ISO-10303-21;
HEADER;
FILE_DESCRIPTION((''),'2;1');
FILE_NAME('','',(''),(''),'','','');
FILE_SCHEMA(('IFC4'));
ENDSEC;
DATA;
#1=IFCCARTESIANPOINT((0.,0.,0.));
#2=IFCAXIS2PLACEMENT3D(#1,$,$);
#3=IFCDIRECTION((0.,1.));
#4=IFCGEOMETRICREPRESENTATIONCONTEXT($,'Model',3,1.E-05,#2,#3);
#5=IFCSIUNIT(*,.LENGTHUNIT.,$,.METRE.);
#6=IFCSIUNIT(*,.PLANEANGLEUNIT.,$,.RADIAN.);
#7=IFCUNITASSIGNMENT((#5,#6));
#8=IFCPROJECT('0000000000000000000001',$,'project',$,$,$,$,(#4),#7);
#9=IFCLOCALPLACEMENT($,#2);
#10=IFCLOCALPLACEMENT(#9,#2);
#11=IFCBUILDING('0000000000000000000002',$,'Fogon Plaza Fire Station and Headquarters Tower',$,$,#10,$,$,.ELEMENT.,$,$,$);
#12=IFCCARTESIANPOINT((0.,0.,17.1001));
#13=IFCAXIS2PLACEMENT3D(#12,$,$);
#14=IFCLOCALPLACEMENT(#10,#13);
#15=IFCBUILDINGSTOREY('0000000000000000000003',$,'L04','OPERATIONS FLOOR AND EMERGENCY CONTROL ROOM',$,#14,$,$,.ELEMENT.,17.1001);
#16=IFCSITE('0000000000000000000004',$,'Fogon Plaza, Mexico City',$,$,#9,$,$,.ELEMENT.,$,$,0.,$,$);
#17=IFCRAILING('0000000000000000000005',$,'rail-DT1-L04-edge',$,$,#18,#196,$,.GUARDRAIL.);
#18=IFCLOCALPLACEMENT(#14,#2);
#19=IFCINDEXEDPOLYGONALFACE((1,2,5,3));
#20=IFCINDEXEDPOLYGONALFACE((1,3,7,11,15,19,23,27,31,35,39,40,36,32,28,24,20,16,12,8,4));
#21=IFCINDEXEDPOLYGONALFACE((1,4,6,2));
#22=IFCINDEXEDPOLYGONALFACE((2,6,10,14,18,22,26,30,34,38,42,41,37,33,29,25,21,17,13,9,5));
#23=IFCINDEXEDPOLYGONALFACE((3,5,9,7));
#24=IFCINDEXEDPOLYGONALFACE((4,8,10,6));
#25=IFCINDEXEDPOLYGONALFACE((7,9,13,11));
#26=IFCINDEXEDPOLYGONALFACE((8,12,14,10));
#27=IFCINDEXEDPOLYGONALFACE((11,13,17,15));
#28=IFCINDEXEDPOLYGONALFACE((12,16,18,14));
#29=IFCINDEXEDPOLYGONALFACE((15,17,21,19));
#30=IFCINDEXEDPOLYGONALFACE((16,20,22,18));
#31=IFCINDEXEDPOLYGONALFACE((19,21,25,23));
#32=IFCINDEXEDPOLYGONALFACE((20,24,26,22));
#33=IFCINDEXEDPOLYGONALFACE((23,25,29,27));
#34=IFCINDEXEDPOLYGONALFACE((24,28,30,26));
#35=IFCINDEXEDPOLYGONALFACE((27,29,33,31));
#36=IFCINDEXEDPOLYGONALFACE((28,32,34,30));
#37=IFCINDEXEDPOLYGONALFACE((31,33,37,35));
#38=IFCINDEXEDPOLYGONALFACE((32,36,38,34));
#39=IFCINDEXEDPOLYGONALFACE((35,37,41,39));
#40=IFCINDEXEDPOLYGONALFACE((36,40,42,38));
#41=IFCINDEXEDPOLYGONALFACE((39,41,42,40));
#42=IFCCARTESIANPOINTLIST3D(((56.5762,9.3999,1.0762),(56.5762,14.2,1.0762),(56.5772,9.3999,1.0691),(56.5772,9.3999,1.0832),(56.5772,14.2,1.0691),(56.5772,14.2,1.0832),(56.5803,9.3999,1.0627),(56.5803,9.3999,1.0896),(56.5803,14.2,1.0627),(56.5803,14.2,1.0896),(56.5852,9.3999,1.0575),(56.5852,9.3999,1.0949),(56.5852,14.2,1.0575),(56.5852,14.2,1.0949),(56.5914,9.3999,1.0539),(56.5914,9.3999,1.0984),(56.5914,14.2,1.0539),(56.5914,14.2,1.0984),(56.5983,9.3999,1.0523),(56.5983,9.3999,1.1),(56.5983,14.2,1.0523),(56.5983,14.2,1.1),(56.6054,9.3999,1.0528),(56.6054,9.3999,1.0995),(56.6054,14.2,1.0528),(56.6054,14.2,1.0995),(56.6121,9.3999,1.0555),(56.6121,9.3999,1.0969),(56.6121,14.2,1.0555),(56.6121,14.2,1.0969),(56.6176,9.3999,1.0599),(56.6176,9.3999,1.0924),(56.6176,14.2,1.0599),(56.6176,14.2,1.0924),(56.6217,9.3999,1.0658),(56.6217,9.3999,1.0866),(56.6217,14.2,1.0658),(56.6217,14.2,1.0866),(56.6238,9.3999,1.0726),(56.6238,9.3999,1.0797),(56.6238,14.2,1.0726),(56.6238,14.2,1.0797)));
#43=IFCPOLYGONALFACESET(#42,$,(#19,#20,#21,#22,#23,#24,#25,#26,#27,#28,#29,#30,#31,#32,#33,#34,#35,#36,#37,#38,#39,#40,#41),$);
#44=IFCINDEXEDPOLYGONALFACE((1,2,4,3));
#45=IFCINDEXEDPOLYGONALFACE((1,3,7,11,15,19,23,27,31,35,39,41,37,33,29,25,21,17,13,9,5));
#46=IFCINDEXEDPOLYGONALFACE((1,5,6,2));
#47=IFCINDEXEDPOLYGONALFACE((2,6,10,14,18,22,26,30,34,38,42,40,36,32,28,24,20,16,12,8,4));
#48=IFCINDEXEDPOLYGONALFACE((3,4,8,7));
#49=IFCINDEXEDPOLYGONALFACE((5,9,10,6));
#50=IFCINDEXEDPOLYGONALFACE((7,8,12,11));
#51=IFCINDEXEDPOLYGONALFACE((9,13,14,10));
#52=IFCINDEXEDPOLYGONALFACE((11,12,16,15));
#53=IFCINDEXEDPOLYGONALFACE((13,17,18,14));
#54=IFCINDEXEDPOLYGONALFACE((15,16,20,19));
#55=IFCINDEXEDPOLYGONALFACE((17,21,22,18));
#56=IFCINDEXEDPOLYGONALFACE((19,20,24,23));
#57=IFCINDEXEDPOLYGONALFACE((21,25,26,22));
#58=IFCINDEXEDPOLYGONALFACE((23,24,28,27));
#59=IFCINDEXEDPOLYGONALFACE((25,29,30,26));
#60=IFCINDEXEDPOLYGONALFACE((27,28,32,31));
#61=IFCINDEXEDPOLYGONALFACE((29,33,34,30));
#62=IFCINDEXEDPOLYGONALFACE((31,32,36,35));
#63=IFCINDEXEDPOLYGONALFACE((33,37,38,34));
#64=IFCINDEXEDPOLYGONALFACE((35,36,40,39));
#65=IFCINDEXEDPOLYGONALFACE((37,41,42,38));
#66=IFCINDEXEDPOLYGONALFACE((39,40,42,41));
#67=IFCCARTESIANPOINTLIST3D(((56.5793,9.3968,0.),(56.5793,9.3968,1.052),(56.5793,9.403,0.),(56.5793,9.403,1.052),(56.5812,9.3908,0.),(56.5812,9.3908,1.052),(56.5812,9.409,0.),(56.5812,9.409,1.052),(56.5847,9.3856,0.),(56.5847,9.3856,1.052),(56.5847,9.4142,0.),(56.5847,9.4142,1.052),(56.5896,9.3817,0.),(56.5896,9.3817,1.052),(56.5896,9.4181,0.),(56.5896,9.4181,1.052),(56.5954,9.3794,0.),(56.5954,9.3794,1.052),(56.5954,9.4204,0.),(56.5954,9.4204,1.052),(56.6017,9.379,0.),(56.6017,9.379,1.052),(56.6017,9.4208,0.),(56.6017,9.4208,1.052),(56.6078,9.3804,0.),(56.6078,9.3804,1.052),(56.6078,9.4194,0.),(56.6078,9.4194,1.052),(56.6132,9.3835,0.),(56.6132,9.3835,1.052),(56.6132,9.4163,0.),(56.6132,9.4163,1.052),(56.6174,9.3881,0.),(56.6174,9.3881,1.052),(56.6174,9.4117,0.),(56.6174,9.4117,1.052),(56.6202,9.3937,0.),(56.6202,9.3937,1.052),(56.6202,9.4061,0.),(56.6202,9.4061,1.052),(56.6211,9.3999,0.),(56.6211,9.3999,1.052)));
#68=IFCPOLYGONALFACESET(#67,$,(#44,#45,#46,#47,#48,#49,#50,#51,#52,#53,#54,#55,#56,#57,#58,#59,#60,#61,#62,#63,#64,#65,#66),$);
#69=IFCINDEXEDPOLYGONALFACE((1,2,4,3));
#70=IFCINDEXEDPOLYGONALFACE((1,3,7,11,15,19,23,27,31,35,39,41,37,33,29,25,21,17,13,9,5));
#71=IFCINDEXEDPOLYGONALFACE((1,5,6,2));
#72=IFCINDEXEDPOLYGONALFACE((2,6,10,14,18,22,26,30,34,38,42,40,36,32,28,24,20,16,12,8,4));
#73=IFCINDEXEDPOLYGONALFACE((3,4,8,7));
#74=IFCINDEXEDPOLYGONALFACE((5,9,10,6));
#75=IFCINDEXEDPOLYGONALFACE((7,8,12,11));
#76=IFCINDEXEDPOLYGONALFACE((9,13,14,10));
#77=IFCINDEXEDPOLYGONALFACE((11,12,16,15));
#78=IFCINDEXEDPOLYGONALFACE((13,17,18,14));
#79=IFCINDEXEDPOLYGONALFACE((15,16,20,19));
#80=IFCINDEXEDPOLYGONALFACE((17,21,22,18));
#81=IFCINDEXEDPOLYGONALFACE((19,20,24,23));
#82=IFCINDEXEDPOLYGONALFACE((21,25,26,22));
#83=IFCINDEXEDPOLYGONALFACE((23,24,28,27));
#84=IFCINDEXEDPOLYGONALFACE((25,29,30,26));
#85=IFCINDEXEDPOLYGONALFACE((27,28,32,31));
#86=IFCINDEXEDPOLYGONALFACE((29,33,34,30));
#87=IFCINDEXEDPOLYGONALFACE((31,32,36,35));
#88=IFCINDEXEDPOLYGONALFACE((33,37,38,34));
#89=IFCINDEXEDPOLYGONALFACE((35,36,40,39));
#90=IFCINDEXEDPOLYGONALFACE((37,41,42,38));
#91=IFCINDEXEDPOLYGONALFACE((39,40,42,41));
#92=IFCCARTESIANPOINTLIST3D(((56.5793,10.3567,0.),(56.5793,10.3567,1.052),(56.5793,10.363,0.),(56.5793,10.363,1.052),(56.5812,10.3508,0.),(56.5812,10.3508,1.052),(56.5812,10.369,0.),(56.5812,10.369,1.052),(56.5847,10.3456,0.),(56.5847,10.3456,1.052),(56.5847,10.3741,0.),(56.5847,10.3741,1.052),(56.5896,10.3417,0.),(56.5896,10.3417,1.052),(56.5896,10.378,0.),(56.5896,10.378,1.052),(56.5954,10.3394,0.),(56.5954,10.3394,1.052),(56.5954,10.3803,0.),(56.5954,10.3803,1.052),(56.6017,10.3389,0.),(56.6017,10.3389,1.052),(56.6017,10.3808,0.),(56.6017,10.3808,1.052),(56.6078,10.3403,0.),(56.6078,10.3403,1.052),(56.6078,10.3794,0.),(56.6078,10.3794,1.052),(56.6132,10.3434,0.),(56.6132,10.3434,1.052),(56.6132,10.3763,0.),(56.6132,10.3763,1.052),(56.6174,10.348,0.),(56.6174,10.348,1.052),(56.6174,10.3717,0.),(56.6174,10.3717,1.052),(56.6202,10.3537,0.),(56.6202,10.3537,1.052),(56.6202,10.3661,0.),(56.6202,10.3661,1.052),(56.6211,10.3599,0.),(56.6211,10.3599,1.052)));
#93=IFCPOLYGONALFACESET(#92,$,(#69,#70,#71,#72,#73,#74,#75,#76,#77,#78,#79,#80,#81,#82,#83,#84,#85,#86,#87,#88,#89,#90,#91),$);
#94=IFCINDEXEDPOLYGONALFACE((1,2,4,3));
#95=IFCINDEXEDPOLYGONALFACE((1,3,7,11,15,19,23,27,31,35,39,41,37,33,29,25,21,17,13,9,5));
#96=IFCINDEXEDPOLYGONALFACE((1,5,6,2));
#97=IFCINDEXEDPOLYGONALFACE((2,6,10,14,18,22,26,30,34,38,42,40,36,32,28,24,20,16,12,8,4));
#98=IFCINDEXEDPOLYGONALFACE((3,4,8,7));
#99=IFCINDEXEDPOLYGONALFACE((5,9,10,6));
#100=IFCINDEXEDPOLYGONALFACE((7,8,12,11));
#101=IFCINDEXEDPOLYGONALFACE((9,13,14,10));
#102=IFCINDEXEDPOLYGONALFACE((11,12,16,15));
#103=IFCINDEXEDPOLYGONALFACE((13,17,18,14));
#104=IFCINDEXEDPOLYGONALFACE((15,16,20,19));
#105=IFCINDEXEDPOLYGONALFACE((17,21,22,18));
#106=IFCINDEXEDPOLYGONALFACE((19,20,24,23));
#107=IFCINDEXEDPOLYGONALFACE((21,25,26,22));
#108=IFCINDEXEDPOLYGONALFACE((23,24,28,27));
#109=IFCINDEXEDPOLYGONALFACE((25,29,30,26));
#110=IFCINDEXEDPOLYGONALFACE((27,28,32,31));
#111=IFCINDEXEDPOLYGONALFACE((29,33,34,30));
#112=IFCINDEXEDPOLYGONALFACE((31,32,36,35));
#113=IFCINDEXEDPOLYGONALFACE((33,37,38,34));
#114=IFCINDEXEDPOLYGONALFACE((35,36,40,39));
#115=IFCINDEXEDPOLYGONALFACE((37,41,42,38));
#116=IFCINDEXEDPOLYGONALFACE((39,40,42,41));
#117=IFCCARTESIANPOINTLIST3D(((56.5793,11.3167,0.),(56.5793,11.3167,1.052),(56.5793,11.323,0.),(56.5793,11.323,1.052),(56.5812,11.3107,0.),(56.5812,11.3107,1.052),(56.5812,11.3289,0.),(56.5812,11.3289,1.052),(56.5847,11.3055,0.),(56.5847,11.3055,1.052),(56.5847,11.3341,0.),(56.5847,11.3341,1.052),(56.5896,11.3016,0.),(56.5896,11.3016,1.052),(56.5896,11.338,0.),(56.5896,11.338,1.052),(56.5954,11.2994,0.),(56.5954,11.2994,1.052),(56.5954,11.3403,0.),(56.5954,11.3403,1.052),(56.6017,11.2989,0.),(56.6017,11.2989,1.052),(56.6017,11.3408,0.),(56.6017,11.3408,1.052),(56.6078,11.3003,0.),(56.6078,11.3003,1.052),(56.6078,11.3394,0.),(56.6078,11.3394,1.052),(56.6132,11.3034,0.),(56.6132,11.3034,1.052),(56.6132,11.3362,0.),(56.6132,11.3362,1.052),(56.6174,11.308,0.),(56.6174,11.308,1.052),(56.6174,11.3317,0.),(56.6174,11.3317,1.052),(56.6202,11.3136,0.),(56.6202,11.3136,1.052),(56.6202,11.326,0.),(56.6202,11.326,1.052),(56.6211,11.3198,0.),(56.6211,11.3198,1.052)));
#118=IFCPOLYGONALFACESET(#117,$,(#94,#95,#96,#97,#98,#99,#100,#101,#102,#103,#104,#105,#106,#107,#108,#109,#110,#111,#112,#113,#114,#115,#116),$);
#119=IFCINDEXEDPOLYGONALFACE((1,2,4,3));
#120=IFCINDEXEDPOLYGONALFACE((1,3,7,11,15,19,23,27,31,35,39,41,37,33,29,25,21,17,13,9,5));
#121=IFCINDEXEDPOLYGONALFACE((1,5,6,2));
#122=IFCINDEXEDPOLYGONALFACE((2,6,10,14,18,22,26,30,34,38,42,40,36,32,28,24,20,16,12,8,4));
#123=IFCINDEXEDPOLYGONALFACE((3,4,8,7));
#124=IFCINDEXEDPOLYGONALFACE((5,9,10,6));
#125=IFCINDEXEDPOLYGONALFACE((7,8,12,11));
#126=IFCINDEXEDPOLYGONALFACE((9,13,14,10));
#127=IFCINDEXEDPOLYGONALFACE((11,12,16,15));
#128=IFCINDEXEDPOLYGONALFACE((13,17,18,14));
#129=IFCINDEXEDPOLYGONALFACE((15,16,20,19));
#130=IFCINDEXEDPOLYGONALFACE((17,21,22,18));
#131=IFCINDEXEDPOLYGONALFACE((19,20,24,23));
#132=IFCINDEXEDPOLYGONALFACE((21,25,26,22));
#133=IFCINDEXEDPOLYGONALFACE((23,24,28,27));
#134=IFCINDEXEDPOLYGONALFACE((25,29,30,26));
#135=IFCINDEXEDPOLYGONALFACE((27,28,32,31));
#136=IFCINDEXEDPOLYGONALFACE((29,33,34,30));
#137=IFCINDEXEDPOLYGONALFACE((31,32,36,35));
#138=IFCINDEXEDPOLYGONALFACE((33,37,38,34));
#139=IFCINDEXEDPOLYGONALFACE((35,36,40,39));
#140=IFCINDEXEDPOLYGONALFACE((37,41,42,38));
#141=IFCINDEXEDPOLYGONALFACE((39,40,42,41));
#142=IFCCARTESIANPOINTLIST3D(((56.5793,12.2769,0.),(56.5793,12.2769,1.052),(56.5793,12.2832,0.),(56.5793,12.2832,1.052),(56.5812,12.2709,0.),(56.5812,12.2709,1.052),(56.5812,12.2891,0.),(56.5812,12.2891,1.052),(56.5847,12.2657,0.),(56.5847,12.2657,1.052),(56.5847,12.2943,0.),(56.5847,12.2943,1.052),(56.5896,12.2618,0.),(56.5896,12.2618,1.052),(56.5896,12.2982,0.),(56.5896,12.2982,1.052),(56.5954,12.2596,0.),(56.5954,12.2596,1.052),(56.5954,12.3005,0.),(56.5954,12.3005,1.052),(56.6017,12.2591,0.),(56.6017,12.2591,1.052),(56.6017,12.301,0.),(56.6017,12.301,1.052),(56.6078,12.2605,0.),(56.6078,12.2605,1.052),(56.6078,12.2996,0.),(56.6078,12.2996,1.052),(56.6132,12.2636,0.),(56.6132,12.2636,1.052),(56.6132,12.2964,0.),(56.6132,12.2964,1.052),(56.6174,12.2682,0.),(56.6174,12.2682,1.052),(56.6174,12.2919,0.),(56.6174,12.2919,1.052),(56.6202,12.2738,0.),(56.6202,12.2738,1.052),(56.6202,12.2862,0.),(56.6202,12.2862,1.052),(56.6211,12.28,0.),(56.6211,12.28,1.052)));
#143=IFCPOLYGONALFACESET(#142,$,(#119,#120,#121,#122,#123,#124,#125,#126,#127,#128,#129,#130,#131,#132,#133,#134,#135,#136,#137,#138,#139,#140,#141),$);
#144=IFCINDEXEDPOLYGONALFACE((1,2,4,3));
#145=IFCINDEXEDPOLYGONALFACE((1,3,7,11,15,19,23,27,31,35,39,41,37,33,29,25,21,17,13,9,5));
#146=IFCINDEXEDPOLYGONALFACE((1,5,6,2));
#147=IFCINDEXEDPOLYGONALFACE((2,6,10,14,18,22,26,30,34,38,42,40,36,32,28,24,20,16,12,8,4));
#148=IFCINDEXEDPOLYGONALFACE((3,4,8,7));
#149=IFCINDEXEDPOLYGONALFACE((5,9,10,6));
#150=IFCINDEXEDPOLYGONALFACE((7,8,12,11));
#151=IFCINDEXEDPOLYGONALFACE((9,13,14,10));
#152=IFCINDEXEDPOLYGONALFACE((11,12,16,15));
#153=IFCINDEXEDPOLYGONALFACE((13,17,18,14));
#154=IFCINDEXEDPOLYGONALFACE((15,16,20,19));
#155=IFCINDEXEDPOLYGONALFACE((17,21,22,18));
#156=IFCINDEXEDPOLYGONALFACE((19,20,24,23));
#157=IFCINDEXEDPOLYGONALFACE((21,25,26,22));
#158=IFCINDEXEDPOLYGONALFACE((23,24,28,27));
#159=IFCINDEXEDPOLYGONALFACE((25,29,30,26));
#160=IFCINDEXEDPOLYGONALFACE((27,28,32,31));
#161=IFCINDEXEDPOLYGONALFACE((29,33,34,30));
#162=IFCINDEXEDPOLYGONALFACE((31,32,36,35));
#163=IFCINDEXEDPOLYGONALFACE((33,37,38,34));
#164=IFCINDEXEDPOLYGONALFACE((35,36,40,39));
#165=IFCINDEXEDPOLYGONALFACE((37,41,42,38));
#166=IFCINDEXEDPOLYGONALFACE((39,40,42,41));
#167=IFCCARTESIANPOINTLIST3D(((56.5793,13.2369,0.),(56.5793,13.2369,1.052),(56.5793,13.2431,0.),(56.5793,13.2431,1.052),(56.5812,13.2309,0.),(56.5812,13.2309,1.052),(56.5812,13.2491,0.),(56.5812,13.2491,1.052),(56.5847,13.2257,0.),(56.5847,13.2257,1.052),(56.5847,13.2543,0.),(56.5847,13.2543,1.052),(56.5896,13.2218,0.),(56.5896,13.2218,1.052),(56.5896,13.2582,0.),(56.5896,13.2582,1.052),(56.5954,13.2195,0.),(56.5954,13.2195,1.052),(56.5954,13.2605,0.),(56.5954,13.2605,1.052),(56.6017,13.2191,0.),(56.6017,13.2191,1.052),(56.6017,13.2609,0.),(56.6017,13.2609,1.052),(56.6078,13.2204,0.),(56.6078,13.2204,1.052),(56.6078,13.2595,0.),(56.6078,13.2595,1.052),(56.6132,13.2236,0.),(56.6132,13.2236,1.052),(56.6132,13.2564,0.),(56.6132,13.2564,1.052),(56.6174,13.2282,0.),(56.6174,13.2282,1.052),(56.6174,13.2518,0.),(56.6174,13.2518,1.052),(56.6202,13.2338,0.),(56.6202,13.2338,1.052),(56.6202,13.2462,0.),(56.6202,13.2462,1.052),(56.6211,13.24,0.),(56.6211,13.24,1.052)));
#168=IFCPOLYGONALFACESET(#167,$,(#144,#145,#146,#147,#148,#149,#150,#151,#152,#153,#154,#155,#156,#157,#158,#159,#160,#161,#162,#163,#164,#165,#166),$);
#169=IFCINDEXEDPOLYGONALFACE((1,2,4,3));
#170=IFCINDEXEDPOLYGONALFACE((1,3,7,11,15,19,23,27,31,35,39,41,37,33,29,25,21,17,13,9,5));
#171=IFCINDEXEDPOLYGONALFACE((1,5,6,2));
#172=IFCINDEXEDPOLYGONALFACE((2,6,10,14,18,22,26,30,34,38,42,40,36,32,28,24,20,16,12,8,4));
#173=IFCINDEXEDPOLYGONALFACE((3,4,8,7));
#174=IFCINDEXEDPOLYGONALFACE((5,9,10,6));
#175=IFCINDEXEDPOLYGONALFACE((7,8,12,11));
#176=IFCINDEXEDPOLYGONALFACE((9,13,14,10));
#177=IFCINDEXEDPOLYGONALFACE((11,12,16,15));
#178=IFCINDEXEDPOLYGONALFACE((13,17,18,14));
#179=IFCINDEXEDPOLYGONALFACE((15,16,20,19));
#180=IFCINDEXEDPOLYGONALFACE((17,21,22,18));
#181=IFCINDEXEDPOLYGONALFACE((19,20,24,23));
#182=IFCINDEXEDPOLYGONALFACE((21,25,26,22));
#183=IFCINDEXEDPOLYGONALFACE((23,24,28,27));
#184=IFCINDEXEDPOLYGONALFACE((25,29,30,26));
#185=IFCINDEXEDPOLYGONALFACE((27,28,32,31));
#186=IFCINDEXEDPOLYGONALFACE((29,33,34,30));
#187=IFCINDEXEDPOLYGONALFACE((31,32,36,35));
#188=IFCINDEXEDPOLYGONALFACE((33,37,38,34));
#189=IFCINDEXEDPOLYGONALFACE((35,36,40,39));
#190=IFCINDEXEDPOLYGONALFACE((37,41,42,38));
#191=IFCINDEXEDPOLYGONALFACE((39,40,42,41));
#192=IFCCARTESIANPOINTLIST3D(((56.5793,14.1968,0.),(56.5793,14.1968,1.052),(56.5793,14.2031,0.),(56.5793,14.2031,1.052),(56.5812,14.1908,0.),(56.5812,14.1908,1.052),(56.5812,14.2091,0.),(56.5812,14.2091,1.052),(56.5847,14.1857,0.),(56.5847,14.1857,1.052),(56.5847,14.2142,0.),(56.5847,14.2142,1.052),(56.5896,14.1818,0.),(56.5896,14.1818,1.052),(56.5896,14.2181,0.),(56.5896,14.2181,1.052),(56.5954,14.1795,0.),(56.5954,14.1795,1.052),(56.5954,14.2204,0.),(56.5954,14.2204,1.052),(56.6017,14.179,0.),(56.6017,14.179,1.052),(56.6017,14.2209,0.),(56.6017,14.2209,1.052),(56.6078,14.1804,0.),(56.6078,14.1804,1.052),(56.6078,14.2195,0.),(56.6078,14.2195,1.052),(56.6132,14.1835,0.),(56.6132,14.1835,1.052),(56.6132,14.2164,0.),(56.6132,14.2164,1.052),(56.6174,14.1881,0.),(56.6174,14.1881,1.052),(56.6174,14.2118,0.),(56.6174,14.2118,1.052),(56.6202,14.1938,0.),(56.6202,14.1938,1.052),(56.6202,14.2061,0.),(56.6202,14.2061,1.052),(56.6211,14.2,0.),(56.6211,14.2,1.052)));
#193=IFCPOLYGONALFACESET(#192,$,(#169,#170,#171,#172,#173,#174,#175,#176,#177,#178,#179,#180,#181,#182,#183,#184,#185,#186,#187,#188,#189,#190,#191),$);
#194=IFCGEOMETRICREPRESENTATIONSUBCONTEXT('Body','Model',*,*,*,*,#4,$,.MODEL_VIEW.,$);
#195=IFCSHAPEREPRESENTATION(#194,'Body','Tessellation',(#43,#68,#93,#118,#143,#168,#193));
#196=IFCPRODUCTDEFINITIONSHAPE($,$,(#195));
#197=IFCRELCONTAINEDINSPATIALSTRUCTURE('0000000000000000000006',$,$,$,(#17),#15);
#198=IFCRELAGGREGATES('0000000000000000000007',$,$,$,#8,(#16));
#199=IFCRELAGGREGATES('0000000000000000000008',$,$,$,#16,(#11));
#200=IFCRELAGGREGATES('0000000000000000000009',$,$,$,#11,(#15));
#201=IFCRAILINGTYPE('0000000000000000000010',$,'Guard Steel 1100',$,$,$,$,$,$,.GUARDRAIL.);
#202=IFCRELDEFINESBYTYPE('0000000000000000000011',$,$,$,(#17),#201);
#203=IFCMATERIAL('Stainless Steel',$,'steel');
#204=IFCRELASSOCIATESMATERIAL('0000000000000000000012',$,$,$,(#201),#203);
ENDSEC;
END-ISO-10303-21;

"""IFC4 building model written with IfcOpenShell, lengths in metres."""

from ifc_helpers import new_model, si_unit, direction, frame, origin, origin_2d, place, context, subcontext, project, spatial, circle, extrude, material, type_object, element, save


model = new_model("IFC4")

# Units and contexts
model_context = context("Model", 3, precision=1e-05, world=origin(), true_north=direction((0.0, 1.0)))
body_context = subcontext(model_context, "Body", "Model", "MODEL_VIEW")
ifc_project = project(units=[si_unit("LENGTHUNIT", "METRE"), si_unit("PLANEANGLEUNIT", "RADIAN")], contexts=[model_context])

# Site, building, storey
site_placement = place(None, origin())
site = spatial("IfcSite", under=ifc_project, at=site_placement, Name="Fogon Plaza, Mexico City", CompositionType="ELEMENT", RefElevation=0.0)
building_placement = place(site_placement, origin())
building = spatial("IfcBuilding", under=site, at=building_placement, Name="Fogon Plaza Fire Station and Headquarters Tower", CompositionType="ELEMENT")
storey_placement = place(building_placement, frame((0.0, 0.0, 17.1001)))
storey = spatial("IfcBuildingStorey", under=building, at=storey_placement, Name="L04", Description="OPERATIONS FLOOR AND EMERGENCY CONTROL ROOM", CompositionType="ELEMENT", Elevation=17.1001)

# Railing
ifc_material_1 = material(Name="Stainless Steel", Category="steel")
railing_type_1 = type_object("IfcRailingType", Name="Guard Steel 1100", PredefinedType="GUARDRAIL", material=ifc_material_1)
railing_1_placement = place(storey_placement, frame((56.6001, 9.3999, 0.0)))
element("IfcRailing", 1, at=railing_1_placement, inside=storey, type_object=railing_type_1, Name="rail-DT1-L04-edge", PredefinedType="GUARDRAIL", context=body_context, shape_type="SweptSolid", body=[
    extrude(circle(Radius=0.0239, at=origin_2d()), frame((0.0, 0.0, 1.0762), z_axis=(0.0, 1.0, 0.0), x_axis=(-1.0, 0.0, 0.0)), (0.0, 0.0, 1.0), 4.8),
    extrude(circle(Radius=0.021, at=origin_2d()), origin(), (0.0, 0.0, 1.0), 1.052),
    extrude(circle(Radius=0.021, at=origin_2d()), frame((0.0, 0.96, 0.0)), (0.0, 0.0, 1.0), 1.052),
    extrude(circle(Radius=0.021, at=origin_2d()), frame((0.0, 1.9199, 0.0)), (0.0, 0.0, 1.0), 1.052),
    extrude(circle(Radius=0.021, at=origin_2d()), frame((0.0, 2.8801, 0.0)), (0.0, 0.0, 1.0), 1.052),
    extrude(circle(Radius=0.021, at=origin_2d()), frame((0.0, 3.8401, 0.0)), (0.0, 0.0, 1.0), 1.052),
    extrude(circle(Radius=0.021, at=origin_2d()), frame((0.0, 4.8, 0.0)), (0.0, 0.0, 1.0), 1.052),
])

save(model, "model.ifc")
